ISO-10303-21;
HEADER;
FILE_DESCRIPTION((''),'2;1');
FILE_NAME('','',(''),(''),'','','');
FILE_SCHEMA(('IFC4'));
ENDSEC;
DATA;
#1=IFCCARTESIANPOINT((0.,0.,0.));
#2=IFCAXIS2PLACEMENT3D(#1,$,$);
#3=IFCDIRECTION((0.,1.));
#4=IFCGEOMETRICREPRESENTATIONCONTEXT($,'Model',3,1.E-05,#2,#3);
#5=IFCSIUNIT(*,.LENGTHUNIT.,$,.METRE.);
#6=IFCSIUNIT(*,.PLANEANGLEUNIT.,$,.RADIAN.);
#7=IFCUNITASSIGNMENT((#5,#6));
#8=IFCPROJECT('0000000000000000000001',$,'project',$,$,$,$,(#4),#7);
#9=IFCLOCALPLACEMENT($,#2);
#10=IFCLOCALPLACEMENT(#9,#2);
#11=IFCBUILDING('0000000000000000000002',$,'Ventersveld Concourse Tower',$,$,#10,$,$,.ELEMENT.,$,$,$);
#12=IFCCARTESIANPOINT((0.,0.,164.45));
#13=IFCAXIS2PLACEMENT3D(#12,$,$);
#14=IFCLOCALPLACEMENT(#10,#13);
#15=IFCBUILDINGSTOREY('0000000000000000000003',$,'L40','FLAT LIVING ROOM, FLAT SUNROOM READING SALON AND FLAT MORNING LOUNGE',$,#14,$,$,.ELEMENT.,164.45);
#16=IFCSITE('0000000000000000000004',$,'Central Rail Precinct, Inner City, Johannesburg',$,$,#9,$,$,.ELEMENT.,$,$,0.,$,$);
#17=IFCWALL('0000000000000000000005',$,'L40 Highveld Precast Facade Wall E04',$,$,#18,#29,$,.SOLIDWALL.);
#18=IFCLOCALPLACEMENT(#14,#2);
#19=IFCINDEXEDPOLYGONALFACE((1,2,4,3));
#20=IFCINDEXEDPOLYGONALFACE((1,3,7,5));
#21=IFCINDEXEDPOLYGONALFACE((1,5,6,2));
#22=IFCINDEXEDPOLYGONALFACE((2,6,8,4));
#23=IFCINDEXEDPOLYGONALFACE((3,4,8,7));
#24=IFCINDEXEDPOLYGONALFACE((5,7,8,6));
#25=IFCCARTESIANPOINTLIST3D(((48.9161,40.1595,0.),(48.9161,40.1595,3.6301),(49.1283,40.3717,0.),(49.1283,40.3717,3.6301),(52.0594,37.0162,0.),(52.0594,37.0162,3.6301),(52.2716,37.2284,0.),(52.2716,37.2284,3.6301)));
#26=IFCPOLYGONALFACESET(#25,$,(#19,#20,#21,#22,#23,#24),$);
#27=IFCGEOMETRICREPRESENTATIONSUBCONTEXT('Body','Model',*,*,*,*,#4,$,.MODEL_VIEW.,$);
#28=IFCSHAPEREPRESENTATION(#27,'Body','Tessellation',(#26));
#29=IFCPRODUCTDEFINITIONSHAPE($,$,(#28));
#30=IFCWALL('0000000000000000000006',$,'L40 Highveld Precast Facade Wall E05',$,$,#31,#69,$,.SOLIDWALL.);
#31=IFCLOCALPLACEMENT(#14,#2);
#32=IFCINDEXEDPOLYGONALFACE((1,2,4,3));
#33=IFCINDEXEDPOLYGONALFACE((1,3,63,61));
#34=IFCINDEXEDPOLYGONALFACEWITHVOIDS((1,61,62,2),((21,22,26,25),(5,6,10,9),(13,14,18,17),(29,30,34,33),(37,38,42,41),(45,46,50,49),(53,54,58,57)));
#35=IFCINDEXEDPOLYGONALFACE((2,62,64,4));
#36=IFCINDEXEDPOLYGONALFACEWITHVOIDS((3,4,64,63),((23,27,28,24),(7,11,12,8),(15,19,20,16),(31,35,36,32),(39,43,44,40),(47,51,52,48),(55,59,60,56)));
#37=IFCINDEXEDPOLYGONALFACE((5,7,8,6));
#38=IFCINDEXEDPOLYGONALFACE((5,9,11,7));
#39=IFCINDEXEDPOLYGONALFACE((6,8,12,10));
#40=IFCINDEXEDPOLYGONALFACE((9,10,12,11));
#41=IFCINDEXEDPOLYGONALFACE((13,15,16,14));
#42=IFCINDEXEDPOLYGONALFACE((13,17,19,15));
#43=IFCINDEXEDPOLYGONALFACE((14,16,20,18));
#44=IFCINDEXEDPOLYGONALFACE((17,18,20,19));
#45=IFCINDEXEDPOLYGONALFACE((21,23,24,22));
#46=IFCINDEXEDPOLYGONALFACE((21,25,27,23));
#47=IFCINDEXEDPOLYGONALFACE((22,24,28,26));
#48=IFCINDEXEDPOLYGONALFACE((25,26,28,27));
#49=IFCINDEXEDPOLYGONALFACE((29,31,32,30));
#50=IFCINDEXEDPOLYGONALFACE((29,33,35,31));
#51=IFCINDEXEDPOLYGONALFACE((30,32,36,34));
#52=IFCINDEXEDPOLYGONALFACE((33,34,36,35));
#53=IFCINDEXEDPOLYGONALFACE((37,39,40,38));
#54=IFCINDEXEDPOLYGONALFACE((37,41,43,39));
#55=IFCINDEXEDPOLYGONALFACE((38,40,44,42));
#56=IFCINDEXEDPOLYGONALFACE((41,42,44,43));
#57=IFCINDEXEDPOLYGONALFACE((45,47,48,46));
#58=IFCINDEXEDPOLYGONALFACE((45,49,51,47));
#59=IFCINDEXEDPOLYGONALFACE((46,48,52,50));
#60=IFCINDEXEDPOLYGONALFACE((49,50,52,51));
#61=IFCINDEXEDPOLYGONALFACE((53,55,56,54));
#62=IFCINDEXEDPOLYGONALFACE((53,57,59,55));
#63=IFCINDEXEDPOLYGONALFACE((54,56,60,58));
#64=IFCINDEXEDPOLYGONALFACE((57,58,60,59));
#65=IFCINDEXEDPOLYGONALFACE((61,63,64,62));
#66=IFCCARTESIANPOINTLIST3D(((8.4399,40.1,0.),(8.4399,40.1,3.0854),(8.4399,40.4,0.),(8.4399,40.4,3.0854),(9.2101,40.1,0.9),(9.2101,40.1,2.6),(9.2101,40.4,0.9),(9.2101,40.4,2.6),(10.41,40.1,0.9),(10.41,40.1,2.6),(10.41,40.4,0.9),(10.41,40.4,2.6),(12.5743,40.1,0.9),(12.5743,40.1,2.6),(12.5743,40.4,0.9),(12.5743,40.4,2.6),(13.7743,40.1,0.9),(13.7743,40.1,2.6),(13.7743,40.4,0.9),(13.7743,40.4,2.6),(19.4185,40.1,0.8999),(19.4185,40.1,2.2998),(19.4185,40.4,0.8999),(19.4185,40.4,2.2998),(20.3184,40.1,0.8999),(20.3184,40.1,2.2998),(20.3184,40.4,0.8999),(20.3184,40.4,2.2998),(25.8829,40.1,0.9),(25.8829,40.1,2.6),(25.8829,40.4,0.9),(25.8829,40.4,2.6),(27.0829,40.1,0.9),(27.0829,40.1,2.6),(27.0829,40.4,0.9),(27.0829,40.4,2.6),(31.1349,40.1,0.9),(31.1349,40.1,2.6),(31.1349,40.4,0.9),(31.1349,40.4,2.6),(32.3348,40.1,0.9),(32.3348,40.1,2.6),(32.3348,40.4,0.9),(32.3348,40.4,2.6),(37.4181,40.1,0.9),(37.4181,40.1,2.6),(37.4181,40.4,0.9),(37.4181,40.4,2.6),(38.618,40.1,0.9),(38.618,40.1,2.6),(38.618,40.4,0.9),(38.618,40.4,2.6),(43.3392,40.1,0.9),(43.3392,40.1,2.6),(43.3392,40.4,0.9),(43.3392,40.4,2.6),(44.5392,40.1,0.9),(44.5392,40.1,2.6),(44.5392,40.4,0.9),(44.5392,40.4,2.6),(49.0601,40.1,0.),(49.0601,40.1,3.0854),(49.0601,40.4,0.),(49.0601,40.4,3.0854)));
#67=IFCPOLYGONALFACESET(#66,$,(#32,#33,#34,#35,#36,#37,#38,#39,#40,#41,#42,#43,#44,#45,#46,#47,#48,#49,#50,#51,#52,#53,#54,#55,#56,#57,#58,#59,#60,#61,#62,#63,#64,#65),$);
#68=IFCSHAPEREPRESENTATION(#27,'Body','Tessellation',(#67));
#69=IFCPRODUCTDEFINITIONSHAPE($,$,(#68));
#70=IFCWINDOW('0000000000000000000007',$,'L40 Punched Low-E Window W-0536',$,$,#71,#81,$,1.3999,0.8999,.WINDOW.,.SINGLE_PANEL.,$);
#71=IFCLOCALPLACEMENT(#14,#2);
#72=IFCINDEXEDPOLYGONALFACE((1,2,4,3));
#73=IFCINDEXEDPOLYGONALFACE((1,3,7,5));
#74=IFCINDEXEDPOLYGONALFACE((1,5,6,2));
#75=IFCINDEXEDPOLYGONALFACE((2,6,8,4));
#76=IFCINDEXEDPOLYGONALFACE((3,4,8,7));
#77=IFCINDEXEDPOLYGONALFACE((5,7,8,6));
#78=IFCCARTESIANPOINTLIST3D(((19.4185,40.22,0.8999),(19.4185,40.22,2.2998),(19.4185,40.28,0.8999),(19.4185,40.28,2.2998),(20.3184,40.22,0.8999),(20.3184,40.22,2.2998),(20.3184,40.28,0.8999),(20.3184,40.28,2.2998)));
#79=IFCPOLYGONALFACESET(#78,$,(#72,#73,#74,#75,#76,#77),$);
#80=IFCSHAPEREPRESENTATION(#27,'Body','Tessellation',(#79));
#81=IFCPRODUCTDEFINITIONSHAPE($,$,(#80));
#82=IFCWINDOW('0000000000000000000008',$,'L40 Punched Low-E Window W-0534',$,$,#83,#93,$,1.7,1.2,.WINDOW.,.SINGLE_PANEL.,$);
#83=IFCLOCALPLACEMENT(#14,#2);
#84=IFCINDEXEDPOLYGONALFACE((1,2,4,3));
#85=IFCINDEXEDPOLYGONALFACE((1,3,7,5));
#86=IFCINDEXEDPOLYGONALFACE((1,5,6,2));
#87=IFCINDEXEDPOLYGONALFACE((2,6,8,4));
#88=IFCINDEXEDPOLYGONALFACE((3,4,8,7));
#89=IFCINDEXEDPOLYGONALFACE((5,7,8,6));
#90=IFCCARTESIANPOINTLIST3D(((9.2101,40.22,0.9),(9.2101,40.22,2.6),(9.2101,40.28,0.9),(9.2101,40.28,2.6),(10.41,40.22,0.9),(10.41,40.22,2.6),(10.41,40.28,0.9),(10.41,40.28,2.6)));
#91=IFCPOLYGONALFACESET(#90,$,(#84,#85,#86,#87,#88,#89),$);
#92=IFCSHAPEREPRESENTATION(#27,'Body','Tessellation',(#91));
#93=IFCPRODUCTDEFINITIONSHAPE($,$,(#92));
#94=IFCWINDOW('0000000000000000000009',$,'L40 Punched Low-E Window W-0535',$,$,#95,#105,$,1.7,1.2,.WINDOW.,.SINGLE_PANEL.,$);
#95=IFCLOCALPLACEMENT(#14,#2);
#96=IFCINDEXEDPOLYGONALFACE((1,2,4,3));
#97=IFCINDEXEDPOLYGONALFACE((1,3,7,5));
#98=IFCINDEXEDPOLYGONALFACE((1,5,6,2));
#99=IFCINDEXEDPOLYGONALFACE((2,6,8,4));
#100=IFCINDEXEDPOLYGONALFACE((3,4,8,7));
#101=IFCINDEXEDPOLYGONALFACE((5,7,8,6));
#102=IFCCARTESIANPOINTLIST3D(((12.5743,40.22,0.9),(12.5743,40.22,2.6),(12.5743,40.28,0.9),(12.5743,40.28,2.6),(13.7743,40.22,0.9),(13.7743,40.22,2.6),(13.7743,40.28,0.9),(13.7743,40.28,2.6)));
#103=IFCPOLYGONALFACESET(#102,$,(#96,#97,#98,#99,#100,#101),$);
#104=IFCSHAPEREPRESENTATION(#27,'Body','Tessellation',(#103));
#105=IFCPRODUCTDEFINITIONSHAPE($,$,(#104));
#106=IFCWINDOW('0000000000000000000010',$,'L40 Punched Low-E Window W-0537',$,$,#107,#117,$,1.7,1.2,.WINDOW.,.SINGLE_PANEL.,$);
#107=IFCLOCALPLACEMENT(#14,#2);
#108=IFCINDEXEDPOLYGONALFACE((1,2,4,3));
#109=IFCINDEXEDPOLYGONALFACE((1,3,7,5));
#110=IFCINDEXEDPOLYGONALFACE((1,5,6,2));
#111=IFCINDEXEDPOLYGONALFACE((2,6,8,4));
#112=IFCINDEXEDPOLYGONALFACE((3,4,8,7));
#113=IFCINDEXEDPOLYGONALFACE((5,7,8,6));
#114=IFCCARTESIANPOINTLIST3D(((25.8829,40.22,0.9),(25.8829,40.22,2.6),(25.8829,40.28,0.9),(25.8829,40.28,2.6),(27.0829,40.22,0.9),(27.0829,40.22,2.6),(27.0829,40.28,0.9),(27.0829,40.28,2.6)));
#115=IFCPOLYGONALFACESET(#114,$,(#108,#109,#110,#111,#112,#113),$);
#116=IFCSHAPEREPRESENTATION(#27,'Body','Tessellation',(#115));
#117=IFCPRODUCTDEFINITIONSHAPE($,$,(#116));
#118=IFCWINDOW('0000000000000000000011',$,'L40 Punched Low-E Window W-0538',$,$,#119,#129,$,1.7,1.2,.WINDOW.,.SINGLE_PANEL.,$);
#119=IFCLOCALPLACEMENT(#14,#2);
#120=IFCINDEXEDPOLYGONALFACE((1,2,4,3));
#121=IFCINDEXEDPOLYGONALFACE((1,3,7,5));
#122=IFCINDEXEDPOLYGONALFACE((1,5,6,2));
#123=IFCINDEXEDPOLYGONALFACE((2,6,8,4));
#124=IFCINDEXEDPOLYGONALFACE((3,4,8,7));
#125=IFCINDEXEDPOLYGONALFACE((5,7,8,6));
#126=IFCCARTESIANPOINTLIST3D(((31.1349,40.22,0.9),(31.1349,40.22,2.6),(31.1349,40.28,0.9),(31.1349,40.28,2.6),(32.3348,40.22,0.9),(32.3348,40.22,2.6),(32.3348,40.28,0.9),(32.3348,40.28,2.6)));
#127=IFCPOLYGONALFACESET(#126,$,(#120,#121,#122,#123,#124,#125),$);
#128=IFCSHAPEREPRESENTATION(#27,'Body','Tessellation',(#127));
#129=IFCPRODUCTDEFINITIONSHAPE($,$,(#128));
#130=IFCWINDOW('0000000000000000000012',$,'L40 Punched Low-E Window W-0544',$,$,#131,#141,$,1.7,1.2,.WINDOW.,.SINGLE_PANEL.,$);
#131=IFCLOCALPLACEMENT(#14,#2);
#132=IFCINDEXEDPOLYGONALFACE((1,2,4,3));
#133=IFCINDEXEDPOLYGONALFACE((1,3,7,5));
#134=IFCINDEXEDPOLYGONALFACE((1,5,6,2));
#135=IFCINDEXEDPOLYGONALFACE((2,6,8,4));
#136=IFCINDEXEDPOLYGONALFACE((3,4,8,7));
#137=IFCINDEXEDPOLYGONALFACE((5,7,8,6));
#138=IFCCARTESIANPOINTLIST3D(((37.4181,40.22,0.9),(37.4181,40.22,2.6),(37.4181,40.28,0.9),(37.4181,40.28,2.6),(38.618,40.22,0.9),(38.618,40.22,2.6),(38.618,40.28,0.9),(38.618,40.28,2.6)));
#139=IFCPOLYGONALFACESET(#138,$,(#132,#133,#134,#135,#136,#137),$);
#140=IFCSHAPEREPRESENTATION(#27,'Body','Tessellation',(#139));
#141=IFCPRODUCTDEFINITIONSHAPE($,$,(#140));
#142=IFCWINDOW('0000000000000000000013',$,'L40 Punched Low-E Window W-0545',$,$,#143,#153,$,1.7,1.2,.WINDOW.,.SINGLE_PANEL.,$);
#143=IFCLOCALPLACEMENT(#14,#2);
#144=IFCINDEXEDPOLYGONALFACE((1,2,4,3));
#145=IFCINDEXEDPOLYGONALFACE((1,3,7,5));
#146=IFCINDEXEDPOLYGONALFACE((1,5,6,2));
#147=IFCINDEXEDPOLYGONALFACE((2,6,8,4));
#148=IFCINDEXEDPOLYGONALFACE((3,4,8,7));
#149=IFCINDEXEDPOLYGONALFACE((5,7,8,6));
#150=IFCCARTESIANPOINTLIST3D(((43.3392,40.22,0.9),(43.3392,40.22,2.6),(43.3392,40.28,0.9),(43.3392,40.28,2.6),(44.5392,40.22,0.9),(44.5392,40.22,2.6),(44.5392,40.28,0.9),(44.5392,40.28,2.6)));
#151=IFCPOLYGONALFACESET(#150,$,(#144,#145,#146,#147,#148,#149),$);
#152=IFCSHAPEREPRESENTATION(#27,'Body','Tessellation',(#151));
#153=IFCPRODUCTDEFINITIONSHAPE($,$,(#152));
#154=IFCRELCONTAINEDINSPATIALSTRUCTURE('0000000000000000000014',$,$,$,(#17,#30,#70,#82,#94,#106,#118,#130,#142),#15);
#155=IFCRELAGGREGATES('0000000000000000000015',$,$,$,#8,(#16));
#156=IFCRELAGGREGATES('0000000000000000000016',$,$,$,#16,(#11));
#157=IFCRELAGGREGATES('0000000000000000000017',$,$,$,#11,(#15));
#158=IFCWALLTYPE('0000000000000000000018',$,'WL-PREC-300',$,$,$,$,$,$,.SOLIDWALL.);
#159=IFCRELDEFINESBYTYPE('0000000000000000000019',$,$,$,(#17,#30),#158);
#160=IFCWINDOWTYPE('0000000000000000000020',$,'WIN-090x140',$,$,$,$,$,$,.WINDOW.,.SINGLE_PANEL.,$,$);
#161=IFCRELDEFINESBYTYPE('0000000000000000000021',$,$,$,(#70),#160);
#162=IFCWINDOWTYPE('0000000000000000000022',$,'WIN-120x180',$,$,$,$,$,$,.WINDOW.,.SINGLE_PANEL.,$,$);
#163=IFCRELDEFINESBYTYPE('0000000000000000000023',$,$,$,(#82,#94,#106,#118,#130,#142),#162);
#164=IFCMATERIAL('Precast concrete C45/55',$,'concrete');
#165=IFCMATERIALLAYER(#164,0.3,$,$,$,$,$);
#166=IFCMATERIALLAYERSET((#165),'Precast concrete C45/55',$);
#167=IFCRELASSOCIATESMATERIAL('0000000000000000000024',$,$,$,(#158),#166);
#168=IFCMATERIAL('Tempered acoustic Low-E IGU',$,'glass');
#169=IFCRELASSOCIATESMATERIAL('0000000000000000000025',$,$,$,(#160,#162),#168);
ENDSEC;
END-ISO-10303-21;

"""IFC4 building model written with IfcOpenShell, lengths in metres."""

from ifc_helpers import new_model, si_unit, direction, frame, frame_2d, origin, place, context, subcontext, project, spatial, rectangle, extrude, material, layer, layer_set, type_object, element, fill, save


model = new_model("IFC4")

# Units and contexts
model_context = context("Model", 3, precision=1e-05, world=origin(), true_north=direction((0.0, 1.0)))
body_context = subcontext(model_context, "Body", "Model", "MODEL_VIEW")
ifc_project = project(units=[si_unit("LENGTHUNIT", "METRE"), si_unit("PLANEANGLEUNIT", "RADIAN")], contexts=[model_context])

# Site, building, storey
site_placement = place(None, origin())
site = spatial("IfcSite", under=ifc_project, at=site_placement, Name="Central Rail Precinct, Inner City, Johannesburg", CompositionType="ELEMENT", RefElevation=0.0)
building_placement = place(site_placement, origin())
building = spatial("IfcBuilding", under=site, at=building_placement, Name="Ventersveld Concourse Tower", CompositionType="ELEMENT")
storey_placement = place(building_placement, frame((0.0, 0.0, 164.45)))
storey = spatial("IfcBuildingStorey", under=building, at=storey_placement, Name="L40", Description="FLAT LIVING ROOM, FLAT SUNROOM READING SALON AND FLAT MORNING LOUNGE", CompositionType="ELEMENT", Elevation=164.45)

# Wall
ifc_material_1 = material(Name="Precast concrete C45/55", Category="concrete")
ifc_layer_1 = layer(ifc_material_1, 0.3)
ifc_layer_set_1 = layer_set([ifc_layer_1], Name="Precast concrete C45/55")
wall_type_1 = type_object("IfcWallType", Name="WL-PREC-300", PredefinedType="SOLIDWALL", material=ifc_layer_set_1)
wall_1_placement = place(storey_placement, frame((52.1655, 37.1223, 0.0), z_axis=(0.0, 0.0, 1.0), x_axis=(-0.707107, 0.707107, 0.0)))
element("IfcWall", 1, at=wall_1_placement, inside=storey, type_object=wall_type_1, Name="L40 Highveld Precast Facade Wall E04", PredefinedType="SOLIDWALL", context=body_context, shape_type="SweptSolid", body=[
    extrude(rectangle(XDim=4.4453, YDim=0.3, at=frame_2d((2.2227, 0.0))), origin(), (0.0, 0.0, 1.0), 3.6301),
])

# Wall, openings, windows
wall_2_placement = place(storey_placement, frame((49.0601, 40.25, 0.0), z_axis=(0.0, 0.0, 1.0), x_axis=(-1.0, 0.0, 0.0)))
wall_2 = element("IfcWall", 2, at=wall_2_placement, inside=storey, type_object=wall_type_1, Name="L40 Highveld Precast Facade Wall E05", PredefinedType="SOLIDWALL", context=body_context, shape_type="SweptSolid", body=[
    extrude(rectangle(XDim=40.6201, YDim=0.3, at=frame_2d((20.3101, 0.0))), origin(), (0.0, 0.0, 1.0), 3.0854),
])
opening_1_placement = place(wall_2_placement, frame((38.6499, 0.0, 0.8999)))
opening_1 = element("IfcOpeningElement", 3, at=opening_1_placement, cuts=wall_2, PredefinedType="OPENING", context=body_context, shape_type="SweptSolid", body=[
    extrude(rectangle(XDim=1.2, YDim=1.7, at=frame_2d((0.6001, 0.8501))), frame((0.0, 0.1602, 0.0), z_axis=(0.0, -1.0, 0.0), x_axis=(1.0, 0.0, 0.0)), (0.0, 0.0, 1.0), 0.3201),
])
opening_2_placement = place(wall_2_placement, frame((35.2856, 0.0, 0.8999)))
opening_2 = element("IfcOpeningElement", 4, at=opening_2_placement, cuts=wall_2, PredefinedType="OPENING", context=body_context, shape_type="SweptSolid", body=[
    extrude(rectangle(XDim=1.2, YDim=1.7, at=frame_2d((0.6001, 0.8501))), frame((0.0, 0.1602, 0.0), z_axis=(0.0, -1.0, 0.0), x_axis=(1.0, 0.0, 0.0)), (0.0, 0.0, 1.0), 0.3201),
])
opening_3_placement = place(wall_2_placement, frame((28.7417, 0.0, 0.8999)))
opening_3 = element("IfcOpeningElement", 5, at=opening_3_placement, cuts=wall_2, PredefinedType="OPENING", context=body_context, shape_type="SweptSolid", body=[
    extrude(rectangle(XDim=0.8999, YDim=1.3999, at=frame_2d((0.45, 0.7))), frame((0.0, 0.1602, 0.0), z_axis=(0.0, -1.0, 0.0), x_axis=(1.0, 0.0, 0.0)), (0.0, 0.0, 1.0), 0.3201),
])
opening_4_placement = place(wall_2_placement, frame((21.9771, 0.0, 0.8999)))
opening_4 = element("IfcOpeningElement", 6, at=opening_4_placement, cuts=wall_2, PredefinedType="OPENING", context=body_context, shape_type="SweptSolid", body=[
    extrude(rectangle(XDim=1.2, YDim=1.7, at=frame_2d((0.6001, 0.8501))), frame((0.0, 0.1602, 0.0), z_axis=(0.0, -1.0, 0.0), x_axis=(1.0, 0.0, 0.0)), (0.0, 0.0, 1.0), 0.3201),
])
opening_5_placement = place(wall_2_placement, frame((16.7251, 0.0, 0.8999)))
opening_5 = element("IfcOpeningElement", 7, at=opening_5_placement, cuts=wall_2, PredefinedType="OPENING", context=body_context, shape_type="SweptSolid", body=[
    extrude(rectangle(XDim=1.2, YDim=1.7, at=frame_2d((0.6001, 0.8501))), frame((0.0, 0.1602, 0.0), z_axis=(0.0, -1.0, 0.0), x_axis=(1.0, 0.0, 0.0)), (0.0, 0.0, 1.0), 0.3201),
])
opening_6_placement = place(wall_2_placement, frame((10.4419, 0.0, 0.8999)))
opening_6 = element("IfcOpeningElement", 8, at=opening_6_placement, cuts=wall_2, PredefinedType="OPENING", context=body_context, shape_type="SweptSolid", body=[
    extrude(rectangle(XDim=1.2, YDim=1.7, at=frame_2d((0.6001, 0.8501))), frame((0.0, 0.1602, 0.0), z_axis=(0.0, -1.0, 0.0), x_axis=(1.0, 0.0, 0.0)), (0.0, 0.0, 1.0), 0.3201),
])
opening_7_placement = place(wall_2_placement, frame((4.5208, 0.0, 0.8999)))
opening_7 = element("IfcOpeningElement", 9, at=opening_7_placement, cuts=wall_2, PredefinedType="OPENING", context=body_context, shape_type="SweptSolid", body=[
    extrude(rectangle(XDim=1.2, YDim=1.7, at=frame_2d((0.6001, 0.8501))), frame((0.0, 0.1602, 0.0), z_axis=(0.0, -1.0, 0.0), x_axis=(1.0, 0.0, 0.0)), (0.0, 0.0, 1.0), 0.3201),
])
ifc_material_2 = material(Name="Tempered acoustic Low-E IGU", Category="glass")
window_type_1 = type_object("IfcWindowType", Name="WIN-090x140", PartitioningType="SINGLE_PANEL", PredefinedType="WINDOW", material=ifc_material_2)
window_1_placement = place(opening_3_placement, origin())
window_1 = element("IfcWindow", 10, at=window_1_placement, inside=storey, type_object=window_type_1, Name="L40 Punched Low-E Window W-0536", OverallHeight=1.3999, OverallWidth=0.8999, PartitioningType="SINGLE_PANEL", PredefinedType="WINDOW", context=body_context, shape_type="SweptSolid", body=[
    extrude(rectangle(XDim=0.8999, YDim=1.3999, at=frame_2d((0.45, 0.7))), frame((0.0, 0.03, 0.0), z_axis=(0.0, -1.0, 0.0), x_axis=(1.0, 0.0, 0.0)), (0.0, 0.0, 1.0), 0.0601),
])
fill(opening_3, window_1)
window_type_2 = type_object("IfcWindowType", Name="WIN-120x180", PartitioningType="SINGLE_PANEL", PredefinedType="WINDOW", material=ifc_material_2)
window_2_placement = place(opening_1_placement, origin())
window_2 = element("IfcWindow", 11, at=window_2_placement, inside=storey, type_object=window_type_2, Name="L40 Punched Low-E Window W-0534", OverallHeight=1.7, OverallWidth=1.2, PartitioningType="SINGLE_PANEL", PredefinedType="WINDOW", context=body_context, shape_type="SweptSolid", body=[
    extrude(rectangle(XDim=1.2, YDim=1.7, at=frame_2d((0.6001, 0.8501))), frame((0.0, 0.03, 0.0), z_axis=(0.0, -1.0, 0.0), x_axis=(1.0, 0.0, 0.0)), (0.0, 0.0, 1.0), 0.0601),
])
fill(opening_1, window_2)
window_3_placement = place(opening_2_placement, origin())
window_3 = element("IfcWindow", 12, at=window_3_placement, inside=storey, type_object=window_type_2, Name="L40 Punched Low-E Window W-0535", OverallHeight=1.7, OverallWidth=1.2, PartitioningType="SINGLE_PANEL", PredefinedType="WINDOW", context=body_context, shape_type="SweptSolid", body=[
    extrude(rectangle(XDim=1.2, YDim=1.7, at=frame_2d((0.6001, 0.8501))), frame((0.0, 0.03, 0.0), z_axis=(0.0, -1.0, 0.0), x_axis=(1.0, 0.0, 0.0)), (0.0, 0.0, 1.0), 0.0601),
])
fill(opening_2, window_3)
window_4_placement = place(opening_4_placement, origin())
window_4 = element("IfcWindow", 13, at=window_4_placement, inside=storey, type_object=window_type_2, Name="L40 Punched Low-E Window W-0537", OverallHeight=1.7, OverallWidth=1.2, PartitioningType="SINGLE_PANEL", PredefinedType="WINDOW", context=body_context, shape_type="SweptSolid", body=[
    extrude(rectangle(XDim=1.2, YDim=1.7, at=frame_2d((0.6001, 0.8501))), frame((0.0, 0.03, 0.0), z_axis=(0.0, -1.0, 0.0), x_axis=(1.0, 0.0, 0.0)), (0.0, 0.0, 1.0), 0.0601),
])
fill(opening_4, window_4)
window_5_placement = place(opening_5_placement, origin())
window_5 = element("IfcWindow", 14, at=window_5_placement, inside=storey, type_object=window_type_2, Name="L40 Punched Low-E Window W-0538", OverallHeight=1.7, OverallWidth=1.2, PartitioningType="SINGLE_PANEL", PredefinedType="WINDOW", context=body_context, shape_type="SweptSolid", body=[
    extrude(rectangle(XDim=1.2, YDim=1.7, at=frame_2d((0.6001, 0.8501))), frame((0.0, 0.03, 0.0), z_axis=(0.0, -1.0, 0.0), x_axis=(1.0, 0.0, 0.0)), (0.0, 0.0, 1.0), 0.0601),
])
fill(opening_5, window_5)
window_6_placement = place(opening_6_placement, origin())
window_6 = element("IfcWindow", 15, at=window_6_placement, inside=storey, type_object=window_type_2, Name="L40 Punched Low-E Window W-0544", OverallHeight=1.7, OverallWidth=1.2, PartitioningType="SINGLE_PANEL", PredefinedType="WINDOW", context=body_context, shape_type="SweptSolid", body=[
    extrude(rectangle(XDim=1.2, YDim=1.7, at=frame_2d((0.6001, 0.8501))), frame((0.0, 0.03, 0.0), z_axis=(0.0, -1.0, 0.0), x_axis=(1.0, 0.0, 0.0)), (0.0, 0.0, 1.0), 0.0601),
])
fill(opening_6, window_6)
window_7_placement = place(opening_7_placement, origin())
window_7 = element("IfcWindow", 16, at=window_7_placement, inside=storey, type_object=window_type_2, Name="L40 Punched Low-E Window W-0545", OverallHeight=1.7, OverallWidth=1.2, PartitioningType="SINGLE_PANEL", PredefinedType="WINDOW", context=body_context, shape_type="SweptSolid", body=[
    extrude(rectangle(XDim=1.2, YDim=1.7, at=frame_2d((0.6001, 0.8501))), frame((0.0, 0.03, 0.0), z_axis=(0.0, -1.0, 0.0), x_axis=(1.0, 0.0, 0.0)), (0.0, 0.0, 1.0), 0.0601),
])
fill(opening_7, window_7)

save(model, "model.ifc")
